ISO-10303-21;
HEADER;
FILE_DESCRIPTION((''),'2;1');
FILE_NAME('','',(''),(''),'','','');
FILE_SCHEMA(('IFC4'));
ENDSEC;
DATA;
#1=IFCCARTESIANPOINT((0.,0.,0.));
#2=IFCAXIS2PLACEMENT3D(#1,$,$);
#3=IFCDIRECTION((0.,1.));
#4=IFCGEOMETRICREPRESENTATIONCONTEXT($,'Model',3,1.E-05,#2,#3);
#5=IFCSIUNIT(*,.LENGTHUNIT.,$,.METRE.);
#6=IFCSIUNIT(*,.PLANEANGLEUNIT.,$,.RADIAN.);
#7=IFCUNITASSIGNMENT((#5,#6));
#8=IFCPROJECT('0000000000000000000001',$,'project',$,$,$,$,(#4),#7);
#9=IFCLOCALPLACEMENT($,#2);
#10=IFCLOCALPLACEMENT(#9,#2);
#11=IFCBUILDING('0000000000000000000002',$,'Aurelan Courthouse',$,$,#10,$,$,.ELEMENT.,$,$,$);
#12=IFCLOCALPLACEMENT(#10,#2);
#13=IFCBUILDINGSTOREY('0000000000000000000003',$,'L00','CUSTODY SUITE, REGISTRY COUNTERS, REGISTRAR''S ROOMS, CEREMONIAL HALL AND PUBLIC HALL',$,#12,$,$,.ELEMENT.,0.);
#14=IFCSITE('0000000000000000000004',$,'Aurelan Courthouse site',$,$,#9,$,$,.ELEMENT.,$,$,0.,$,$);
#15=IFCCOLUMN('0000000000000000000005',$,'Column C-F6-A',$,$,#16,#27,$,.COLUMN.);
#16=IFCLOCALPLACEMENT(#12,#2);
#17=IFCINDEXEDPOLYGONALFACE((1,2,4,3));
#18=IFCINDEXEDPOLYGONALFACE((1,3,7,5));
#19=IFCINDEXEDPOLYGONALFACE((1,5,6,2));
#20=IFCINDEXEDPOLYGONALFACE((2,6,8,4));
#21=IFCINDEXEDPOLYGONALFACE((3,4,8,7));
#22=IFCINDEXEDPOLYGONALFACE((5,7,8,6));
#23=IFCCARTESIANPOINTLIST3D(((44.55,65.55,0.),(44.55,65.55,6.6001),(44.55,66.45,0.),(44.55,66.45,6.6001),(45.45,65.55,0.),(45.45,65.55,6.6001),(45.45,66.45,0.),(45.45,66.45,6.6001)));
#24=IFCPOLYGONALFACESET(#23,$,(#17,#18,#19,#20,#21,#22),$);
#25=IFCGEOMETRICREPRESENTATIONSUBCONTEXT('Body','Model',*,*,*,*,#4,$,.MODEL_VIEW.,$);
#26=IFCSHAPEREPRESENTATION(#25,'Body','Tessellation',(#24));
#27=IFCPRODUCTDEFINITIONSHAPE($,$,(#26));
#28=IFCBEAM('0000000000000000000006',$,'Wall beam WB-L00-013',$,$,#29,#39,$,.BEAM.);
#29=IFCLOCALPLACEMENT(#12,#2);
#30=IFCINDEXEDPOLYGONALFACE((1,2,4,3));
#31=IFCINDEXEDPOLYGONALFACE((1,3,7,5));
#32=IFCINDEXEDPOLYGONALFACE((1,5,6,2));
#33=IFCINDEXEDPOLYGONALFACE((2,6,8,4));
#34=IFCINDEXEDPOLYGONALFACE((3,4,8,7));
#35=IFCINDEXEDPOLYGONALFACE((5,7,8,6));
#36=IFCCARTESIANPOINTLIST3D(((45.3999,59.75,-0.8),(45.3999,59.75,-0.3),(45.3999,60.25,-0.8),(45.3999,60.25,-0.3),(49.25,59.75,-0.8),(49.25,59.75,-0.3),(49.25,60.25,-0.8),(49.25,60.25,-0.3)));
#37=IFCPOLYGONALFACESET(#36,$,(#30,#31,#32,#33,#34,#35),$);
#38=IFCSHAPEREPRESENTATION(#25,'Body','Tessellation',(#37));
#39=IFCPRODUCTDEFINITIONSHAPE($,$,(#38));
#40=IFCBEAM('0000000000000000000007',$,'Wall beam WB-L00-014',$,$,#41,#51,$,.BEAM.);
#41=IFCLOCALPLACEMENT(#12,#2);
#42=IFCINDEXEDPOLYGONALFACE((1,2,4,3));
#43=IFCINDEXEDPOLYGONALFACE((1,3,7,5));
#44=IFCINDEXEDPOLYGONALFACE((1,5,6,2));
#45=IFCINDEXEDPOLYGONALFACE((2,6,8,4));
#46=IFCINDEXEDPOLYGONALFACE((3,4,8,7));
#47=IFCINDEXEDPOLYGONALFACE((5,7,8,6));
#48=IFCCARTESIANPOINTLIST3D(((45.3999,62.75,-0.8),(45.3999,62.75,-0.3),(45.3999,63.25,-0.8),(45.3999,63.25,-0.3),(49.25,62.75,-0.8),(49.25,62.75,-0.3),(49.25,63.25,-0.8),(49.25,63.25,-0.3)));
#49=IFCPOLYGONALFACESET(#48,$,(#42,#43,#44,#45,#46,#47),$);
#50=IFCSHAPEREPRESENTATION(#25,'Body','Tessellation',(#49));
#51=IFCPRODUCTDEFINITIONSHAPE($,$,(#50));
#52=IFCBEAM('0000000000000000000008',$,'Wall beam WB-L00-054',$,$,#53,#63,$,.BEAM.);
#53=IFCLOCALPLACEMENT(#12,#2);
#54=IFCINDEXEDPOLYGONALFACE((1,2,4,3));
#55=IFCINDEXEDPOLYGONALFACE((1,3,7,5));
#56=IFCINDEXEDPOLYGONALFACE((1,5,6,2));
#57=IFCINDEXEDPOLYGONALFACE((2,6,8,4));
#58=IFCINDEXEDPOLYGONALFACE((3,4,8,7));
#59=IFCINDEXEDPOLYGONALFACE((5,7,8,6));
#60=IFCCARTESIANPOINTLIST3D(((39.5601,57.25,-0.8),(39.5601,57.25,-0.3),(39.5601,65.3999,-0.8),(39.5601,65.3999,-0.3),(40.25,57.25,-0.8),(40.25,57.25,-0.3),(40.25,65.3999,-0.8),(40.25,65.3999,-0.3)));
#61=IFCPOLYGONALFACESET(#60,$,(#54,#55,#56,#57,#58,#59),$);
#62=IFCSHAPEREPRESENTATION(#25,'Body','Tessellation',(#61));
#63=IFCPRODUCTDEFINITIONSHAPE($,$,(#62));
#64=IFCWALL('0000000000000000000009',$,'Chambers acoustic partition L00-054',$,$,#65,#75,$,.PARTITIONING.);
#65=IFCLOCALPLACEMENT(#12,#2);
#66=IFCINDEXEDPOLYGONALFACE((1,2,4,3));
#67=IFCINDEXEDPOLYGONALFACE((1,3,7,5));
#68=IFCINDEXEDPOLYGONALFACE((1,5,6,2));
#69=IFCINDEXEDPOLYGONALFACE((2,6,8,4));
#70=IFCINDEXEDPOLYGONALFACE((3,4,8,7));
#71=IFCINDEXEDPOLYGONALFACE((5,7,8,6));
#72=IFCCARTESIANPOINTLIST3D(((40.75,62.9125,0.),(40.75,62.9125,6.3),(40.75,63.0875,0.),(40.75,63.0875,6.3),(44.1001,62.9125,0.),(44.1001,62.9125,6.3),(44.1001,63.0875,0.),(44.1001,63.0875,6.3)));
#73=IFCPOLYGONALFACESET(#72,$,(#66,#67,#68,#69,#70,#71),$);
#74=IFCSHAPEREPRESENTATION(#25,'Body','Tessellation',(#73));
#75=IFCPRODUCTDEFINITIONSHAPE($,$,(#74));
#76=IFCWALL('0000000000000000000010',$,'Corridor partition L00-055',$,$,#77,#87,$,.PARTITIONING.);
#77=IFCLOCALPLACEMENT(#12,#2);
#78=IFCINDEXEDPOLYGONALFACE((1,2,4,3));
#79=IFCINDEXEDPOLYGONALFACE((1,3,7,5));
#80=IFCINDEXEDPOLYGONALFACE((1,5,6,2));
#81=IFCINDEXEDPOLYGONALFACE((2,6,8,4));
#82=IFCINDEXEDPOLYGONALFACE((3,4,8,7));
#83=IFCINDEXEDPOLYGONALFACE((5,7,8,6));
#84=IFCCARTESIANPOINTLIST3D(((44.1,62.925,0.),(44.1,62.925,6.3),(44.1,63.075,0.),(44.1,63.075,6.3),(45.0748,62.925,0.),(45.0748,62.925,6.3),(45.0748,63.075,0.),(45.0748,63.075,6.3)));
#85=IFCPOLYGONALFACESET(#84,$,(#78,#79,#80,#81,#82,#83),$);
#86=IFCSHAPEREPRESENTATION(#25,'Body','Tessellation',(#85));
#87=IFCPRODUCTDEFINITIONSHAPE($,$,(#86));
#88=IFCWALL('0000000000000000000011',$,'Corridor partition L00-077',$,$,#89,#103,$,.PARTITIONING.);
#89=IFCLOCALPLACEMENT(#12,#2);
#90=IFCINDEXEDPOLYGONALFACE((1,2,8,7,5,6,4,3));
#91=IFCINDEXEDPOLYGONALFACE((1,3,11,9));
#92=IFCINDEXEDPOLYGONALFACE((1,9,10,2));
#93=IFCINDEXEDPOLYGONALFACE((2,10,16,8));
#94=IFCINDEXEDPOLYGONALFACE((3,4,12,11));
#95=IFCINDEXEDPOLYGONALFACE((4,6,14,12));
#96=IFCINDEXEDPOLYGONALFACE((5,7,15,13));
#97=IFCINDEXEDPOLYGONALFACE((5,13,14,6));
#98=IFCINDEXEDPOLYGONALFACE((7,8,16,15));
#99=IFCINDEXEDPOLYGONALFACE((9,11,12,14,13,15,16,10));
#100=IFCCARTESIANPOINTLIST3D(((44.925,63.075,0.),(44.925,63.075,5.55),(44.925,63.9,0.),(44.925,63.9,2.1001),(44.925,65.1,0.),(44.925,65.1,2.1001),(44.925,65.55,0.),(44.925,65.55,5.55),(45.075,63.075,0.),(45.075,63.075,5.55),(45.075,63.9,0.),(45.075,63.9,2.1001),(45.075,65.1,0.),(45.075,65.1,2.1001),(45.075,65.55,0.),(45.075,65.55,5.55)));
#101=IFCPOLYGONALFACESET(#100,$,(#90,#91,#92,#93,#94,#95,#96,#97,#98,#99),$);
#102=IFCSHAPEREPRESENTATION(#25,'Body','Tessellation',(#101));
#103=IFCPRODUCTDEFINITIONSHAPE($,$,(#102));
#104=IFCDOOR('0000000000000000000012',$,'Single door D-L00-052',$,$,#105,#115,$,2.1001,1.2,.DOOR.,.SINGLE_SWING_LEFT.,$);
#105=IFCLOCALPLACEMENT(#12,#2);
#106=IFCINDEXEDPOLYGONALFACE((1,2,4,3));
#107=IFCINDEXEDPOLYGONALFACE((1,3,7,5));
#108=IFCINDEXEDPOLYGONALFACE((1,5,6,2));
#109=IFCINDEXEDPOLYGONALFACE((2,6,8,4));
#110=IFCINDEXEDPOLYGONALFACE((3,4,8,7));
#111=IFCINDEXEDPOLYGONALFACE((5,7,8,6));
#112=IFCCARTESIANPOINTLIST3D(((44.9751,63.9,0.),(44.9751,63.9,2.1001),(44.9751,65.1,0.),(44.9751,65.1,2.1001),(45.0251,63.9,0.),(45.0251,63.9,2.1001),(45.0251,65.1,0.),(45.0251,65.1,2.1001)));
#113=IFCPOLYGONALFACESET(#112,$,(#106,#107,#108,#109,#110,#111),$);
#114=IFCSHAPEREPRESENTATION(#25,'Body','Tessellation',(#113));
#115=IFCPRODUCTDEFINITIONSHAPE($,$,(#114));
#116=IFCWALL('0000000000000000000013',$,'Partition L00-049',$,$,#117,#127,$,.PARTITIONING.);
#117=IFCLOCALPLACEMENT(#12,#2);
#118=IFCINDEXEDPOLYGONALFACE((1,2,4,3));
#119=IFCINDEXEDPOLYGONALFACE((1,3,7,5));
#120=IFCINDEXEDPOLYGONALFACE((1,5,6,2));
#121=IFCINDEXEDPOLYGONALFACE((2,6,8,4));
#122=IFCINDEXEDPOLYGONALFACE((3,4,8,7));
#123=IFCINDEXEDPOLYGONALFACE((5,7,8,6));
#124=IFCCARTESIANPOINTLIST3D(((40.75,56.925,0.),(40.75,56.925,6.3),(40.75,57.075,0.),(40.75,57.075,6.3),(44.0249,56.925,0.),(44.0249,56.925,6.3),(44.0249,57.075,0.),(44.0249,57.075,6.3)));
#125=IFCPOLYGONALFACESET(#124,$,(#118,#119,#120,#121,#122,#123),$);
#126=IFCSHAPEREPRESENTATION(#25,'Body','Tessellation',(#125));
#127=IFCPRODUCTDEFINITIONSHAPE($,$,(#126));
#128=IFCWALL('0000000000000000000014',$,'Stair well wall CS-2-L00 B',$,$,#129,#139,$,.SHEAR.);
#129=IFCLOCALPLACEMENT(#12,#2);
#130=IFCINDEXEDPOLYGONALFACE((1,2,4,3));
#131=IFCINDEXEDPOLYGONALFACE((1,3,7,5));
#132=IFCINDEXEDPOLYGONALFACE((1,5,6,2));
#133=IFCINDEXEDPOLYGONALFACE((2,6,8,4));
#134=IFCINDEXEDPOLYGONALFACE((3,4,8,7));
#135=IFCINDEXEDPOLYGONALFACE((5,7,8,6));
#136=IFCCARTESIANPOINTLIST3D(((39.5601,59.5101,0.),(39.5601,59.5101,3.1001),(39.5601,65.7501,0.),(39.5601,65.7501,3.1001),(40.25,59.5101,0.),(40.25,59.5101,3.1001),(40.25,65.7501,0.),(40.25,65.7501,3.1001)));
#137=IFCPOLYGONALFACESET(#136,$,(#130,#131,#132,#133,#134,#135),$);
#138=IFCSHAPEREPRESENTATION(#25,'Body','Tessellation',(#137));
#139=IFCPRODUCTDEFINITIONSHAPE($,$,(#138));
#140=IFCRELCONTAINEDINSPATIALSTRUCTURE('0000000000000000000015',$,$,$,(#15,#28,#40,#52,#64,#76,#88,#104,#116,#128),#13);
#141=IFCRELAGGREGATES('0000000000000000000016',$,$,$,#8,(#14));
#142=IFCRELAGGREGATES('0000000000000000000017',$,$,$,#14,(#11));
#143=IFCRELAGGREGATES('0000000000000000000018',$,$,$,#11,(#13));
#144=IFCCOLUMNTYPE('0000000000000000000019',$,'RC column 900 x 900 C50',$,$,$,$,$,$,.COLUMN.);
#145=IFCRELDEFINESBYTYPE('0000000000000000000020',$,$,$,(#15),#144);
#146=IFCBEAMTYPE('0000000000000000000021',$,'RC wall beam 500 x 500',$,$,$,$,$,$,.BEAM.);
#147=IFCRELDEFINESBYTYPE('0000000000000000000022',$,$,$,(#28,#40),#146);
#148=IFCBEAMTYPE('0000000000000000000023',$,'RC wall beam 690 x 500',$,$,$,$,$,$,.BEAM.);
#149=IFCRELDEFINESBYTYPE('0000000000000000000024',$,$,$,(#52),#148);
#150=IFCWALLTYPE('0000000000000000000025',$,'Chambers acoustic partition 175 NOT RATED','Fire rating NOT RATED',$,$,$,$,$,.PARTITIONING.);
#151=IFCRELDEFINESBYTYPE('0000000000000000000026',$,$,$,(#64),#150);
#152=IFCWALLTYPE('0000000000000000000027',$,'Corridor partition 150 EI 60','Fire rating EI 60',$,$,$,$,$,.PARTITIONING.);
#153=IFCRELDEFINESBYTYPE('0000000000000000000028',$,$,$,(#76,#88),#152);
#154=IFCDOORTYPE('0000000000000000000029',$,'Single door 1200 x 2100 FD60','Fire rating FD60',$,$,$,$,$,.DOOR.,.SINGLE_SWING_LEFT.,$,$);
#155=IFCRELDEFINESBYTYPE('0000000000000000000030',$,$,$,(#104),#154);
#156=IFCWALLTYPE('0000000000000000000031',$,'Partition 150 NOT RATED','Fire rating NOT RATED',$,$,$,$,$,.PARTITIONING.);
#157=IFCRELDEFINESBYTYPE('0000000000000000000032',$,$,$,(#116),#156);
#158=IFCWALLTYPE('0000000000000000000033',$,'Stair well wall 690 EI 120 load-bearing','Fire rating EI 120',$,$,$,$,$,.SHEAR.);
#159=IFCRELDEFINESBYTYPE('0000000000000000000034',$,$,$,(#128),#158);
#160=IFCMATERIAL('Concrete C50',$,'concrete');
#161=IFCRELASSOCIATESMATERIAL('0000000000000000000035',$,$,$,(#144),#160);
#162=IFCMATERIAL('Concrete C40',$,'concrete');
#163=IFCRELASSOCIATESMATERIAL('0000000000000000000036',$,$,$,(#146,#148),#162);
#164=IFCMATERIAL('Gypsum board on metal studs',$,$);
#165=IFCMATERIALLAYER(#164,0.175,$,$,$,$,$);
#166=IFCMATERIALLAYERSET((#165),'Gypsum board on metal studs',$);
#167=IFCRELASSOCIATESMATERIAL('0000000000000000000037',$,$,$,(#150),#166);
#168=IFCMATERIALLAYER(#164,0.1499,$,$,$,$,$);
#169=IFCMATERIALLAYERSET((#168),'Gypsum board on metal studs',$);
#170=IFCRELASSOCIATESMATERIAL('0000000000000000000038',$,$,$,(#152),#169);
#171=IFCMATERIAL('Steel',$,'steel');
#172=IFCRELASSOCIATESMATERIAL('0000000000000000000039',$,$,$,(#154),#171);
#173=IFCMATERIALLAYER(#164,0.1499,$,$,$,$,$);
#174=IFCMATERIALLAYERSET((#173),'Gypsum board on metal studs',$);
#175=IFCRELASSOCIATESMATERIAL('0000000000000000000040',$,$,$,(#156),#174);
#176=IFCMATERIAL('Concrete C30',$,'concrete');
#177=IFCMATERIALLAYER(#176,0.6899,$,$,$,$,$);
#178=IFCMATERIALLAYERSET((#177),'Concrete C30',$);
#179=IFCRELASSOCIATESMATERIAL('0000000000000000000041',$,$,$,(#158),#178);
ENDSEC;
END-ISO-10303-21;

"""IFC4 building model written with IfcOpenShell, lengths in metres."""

from ifc_helpers import new_model, si_unit, direction, frame, frame_2d, origin, origin_2d, place, context, subcontext, project, spatial, rectangle, extrude, material, layer, layer_set, material_profile, profile_set, type_object, element, fill, save


model = new_model("IFC4")

# Units and contexts
model_context = context("Model", 3, precision=1e-05, world=origin(), true_north=direction((0.0, 1.0)))
body_context = subcontext(model_context, "Body", "Model", "MODEL_VIEW")
ifc_project = project(units=[si_unit("LENGTHUNIT", "METRE"), si_unit("PLANEANGLEUNIT", "RADIAN")], contexts=[model_context])

# Site, building, storey
site_placement = place(None, origin())
site = spatial("IfcSite", under=ifc_project, at=site_placement, Name="Aurelan Courthouse site", CompositionType="ELEMENT", RefElevation=0.0)
building_placement = place(site_placement, origin())
building = spatial("IfcBuilding", under=site, at=building_placement, Name="Aurelan Courthouse", CompositionType="ELEMENT")
storey_placement = place(building_placement, origin())
storey = spatial("IfcBuildingStorey", under=building, at=storey_placement, Name="L00", Description="CUSTODY SUITE, REGISTRY COUNTERS, REGISTRAR'S ROOMS, CEREMONIAL HALL AND PUBLIC HALL", CompositionType="ELEMENT", Elevation=0.0)

# Column
ifc_material_1 = material(Name="Concrete C50", Category="concrete")
ifc_material_profile_1 = material_profile(ifc_material_1, rectangle(XDim=0.8999, YDim=0.8999, at=origin_2d()), Name="RC 900 x 900")
ifc_profile_set_1 = profile_set([ifc_material_profile_1], Name="Concrete C50")
column_type = type_object("IfcColumnType", Name="RC column 900 x 900 C50", PredefinedType="COLUMN", material=ifc_profile_set_1)
column_placement = place(storey_placement, frame((45.0, 66.0, 0.0), z_axis=(0.0, 0.0, 1.0), x_axis=(1.0, 0.0, 0.0)))
element("IfcColumn", 1, at=column_placement, inside=storey, type_object=column_type, Name="Column C-F6-A", PredefinedType="COLUMN", context=body_context, shape_type="SweptSolid", body=[
    extrude(rectangle(XDim=0.8999, YDim=0.8999, at=origin_2d()), origin(), (0.0, 0.0, 1.0), 6.6001),
])

# Beams
ifc_material_2 = material(Name="Concrete C40", Category="concrete")
ifc_material_profile_2 = material_profile(ifc_material_2, rectangle(XDim=0.5, YDim=0.5, at=origin_2d()), Name="RC 500 x 500")
ifc_profile_set_2 = profile_set([ifc_material_profile_2], Name="Concrete C40")
beam_type_1 = type_object("IfcBeamType", Name="RC wall beam 500 x 500", PredefinedType="BEAM", material=ifc_profile_set_2)
for number, where, z_axis, x_axis, name in (
    (2, (45.3999, 60.0, -0.55), (1.0, 0.0, 0.0), (0.0, 1.0, 0.0), "Wall beam WB-L00-013"),
    (3, (45.3999, 63.0, -0.55), (1.0, 0.0, 0.0), (0.0, 1.0, 0.0), "Wall beam WB-L00-014"),
):
    element("IfcBeam", number, at=place(storey_placement, frame(where, z_axis=z_axis, x_axis=x_axis)), inside=storey, type_object=beam_type_1, Name=name, PredefinedType="BEAM", context=body_context, shape_type="SweptSolid", body=[
        extrude(rectangle(XDim=0.5, YDim=0.5, at=origin_2d()), origin(), (0.0, 0.0, 1.0), 3.8501),
    ])
ifc_material_profile_3 = material_profile(ifc_material_2, rectangle(XDim=0.6899, YDim=0.5, at=origin_2d()), Name="RC 690 x 500")
ifc_profile_set_3 = profile_set([ifc_material_profile_3], Name="Concrete C40")
beam_type_2 = type_object("IfcBeamType", Name="RC wall beam 690 x 500", PredefinedType="BEAM", material=ifc_profile_set_3)
beam_placement = place(storey_placement, frame((39.905, 57.25, -0.55), z_axis=(0.0, 1.0, 0.0), x_axis=(-1.0, 0.0, 0.0)))
element("IfcBeam", 4, at=beam_placement, inside=storey, type_object=beam_type_2, Name="Wall beam WB-L00-054", PredefinedType="BEAM", context=body_context, shape_type="SweptSolid", body=[
    extrude(rectangle(XDim=0.6899, YDim=0.5, at=origin_2d()), origin(), (0.0, 0.0, 1.0), 8.1499),
])

# Walls
ifc_material_3 = material(Name="Gypsum board on metal studs")
ifc_layer_1 = layer(ifc_material_3, 0.175)
ifc_layer_set_1 = layer_set([ifc_layer_1], Name="Gypsum board on metal studs")
wall_type_1 = type_object("IfcWallType", Name="Chambers acoustic partition 175 NOT RATED", Description="Fire rating NOT RATED", PredefinedType="PARTITIONING", material=ifc_layer_set_1)
wall_1_placement = place(storey_placement, frame((40.75, 63.0, 0.0), z_axis=(0.0, 0.0, 1.0), x_axis=(1.0, 0.0, 0.0)))
element("IfcWall", 5, at=wall_1_placement, inside=storey, type_object=wall_type_1, Name="Chambers acoustic partition L00-054", PredefinedType="PARTITIONING", context=body_context, shape_type="SweptSolid", body=[
    extrude(rectangle(XDim=3.3501, YDim=0.175, at=frame_2d((1.675, 0.0))), origin(), (0.0, 0.0, 1.0), 6.3),
])
ifc_layer_2 = layer(ifc_material_3, 0.1499)
ifc_layer_set_2 = layer_set([ifc_layer_2], Name="Gypsum board on metal studs")
wall_type_2 = type_object("IfcWallType", Name="Corridor partition 150 EI 60", Description="Fire rating EI 60", PredefinedType="PARTITIONING", material=ifc_layer_set_2)
wall_2_placement = place(storey_placement, frame((44.1001, 63.0, 0.0), z_axis=(0.0, 0.0, 1.0), x_axis=(1.0, 0.0, 0.0)))
element("IfcWall", 6, at=wall_2_placement, inside=storey, type_object=wall_type_2, Name="Corridor partition L00-055", PredefinedType="PARTITIONING", context=body_context, shape_type="SweptSolid", body=[
    extrude(rectangle(XDim=0.9749, YDim=0.1499, at=frame_2d((0.4873, 0.0))), origin(), (0.0, 0.0, 1.0), 6.3),
])

# Wall, opening, door
wall_3_placement = place(storey_placement, frame((45.0, 63.075, 0.0), z_axis=(0.0, 0.0, 1.0), x_axis=(0.0, 1.0, 0.0)))
wall_3 = element("IfcWall", 7, at=wall_3_placement, inside=storey, type_object=wall_type_2, Name="Corridor partition L00-077", PredefinedType="PARTITIONING", context=body_context, shape_type="SweptSolid", body=[
    extrude(rectangle(XDim=2.4751, YDim=0.1499, at=frame_2d((1.2375, 0.0))), origin(), (0.0, 0.0, 1.0), 5.55),
])
opening_placement = place(wall_3_placement, frame((0.825, 0.0, 0.0)))
opening = element("IfcOpeningElement", 8, at=opening_placement, cuts=wall_3, PredefinedType="OPENING", context=body_context, shape_type="SweptSolid", body=[
    extrude(rectangle(XDim=1.2, YDim=2.1001, at=frame_2d((0.6001, 1.05))), frame((0.0, 0.085, 0.0), z_axis=(0.0, -1.0, 0.0), x_axis=(1.0, 0.0, 0.0)), (0.0, 0.0, 1.0), 0.1699),
])
ifc_material_4 = material(Name="Steel", Category="steel")
door_type = type_object("IfcDoorType", Name="Single door 1200 x 2100 FD60", Description="Fire rating FD60", OperationType="SINGLE_SWING_LEFT", PredefinedType="DOOR", material=ifc_material_4)
door_placement = place(opening_placement, origin())
door = element("IfcDoor", 9, at=door_placement, inside=storey, type_object=door_type, Name="Single door D-L00-052", OperationType="SINGLE_SWING_LEFT", OverallHeight=2.1001, OverallWidth=1.2, PredefinedType="DOOR", context=body_context, shape_type="SweptSolid", body=[
    extrude(rectangle(XDim=1.2, YDim=2.1001, at=frame_2d((0.6001, 1.05))), frame((0.0, 0.0249, 0.0), z_axis=(0.0, -1.0, 0.0), x_axis=(1.0, 0.0, 0.0)), (0.0, 0.0, 1.0), 0.05),
])
fill(opening, door)

# Walls
ifc_layer_3 = layer(ifc_material_3, 0.1499)
ifc_layer_set_3 = layer_set([ifc_layer_3], Name="Gypsum board on metal studs")
wall_type_3 = type_object("IfcWallType", Name="Partition 150 NOT RATED", Description="Fire rating NOT RATED", PredefinedType="PARTITIONING", material=ifc_layer_set_3)
wall_4_placement = place(storey_placement, frame((40.75, 57.0, 0.0), z_axis=(0.0, 0.0, 1.0), x_axis=(1.0, 0.0, 0.0)))
element("IfcWall", 10, at=wall_4_placement, inside=storey, type_object=wall_type_3, Name="Partition L00-049", PredefinedType="PARTITIONING", context=body_context, shape_type="SweptSolid", body=[
    extrude(rectangle(XDim=3.2749, YDim=0.1499, at=frame_2d((1.6375, 0.0))), origin(), (0.0, 0.0, 1.0), 6.3),
])
ifc_material_5 = material(Name="Concrete C30", Category="concrete")
ifc_layer_4 = layer(ifc_material_5, 0.6899)
ifc_layer_set_4 = layer_set([ifc_layer_4], Name="Concrete C30")
wall_type_4 = type_object("IfcWallType", Name="Stair well wall 690 EI 120 load-bearing", Description="Fire rating EI 120", PredefinedType="SHEAR", material=ifc_layer_set_4)
wall_5_placement = place(storey_placement, frame((39.905, 59.51, 0.0), z_axis=(0.0, 0.0, 1.0), x_axis=(0.0, 1.0, 0.0)))
element("IfcWall", 11, at=wall_5_placement, inside=storey, type_object=wall_type_4, Name="Stair well wall CS-2-L00 B", PredefinedType="SHEAR", context=body_context, shape_type="SweptSolid", body=[
    extrude(rectangle(XDim=6.24, YDim=0.6899, at=frame_2d((3.1201, 0.0))), origin(), (0.0, 0.0, 1.0), 3.1001),
])

save(model, "model.ifc")
